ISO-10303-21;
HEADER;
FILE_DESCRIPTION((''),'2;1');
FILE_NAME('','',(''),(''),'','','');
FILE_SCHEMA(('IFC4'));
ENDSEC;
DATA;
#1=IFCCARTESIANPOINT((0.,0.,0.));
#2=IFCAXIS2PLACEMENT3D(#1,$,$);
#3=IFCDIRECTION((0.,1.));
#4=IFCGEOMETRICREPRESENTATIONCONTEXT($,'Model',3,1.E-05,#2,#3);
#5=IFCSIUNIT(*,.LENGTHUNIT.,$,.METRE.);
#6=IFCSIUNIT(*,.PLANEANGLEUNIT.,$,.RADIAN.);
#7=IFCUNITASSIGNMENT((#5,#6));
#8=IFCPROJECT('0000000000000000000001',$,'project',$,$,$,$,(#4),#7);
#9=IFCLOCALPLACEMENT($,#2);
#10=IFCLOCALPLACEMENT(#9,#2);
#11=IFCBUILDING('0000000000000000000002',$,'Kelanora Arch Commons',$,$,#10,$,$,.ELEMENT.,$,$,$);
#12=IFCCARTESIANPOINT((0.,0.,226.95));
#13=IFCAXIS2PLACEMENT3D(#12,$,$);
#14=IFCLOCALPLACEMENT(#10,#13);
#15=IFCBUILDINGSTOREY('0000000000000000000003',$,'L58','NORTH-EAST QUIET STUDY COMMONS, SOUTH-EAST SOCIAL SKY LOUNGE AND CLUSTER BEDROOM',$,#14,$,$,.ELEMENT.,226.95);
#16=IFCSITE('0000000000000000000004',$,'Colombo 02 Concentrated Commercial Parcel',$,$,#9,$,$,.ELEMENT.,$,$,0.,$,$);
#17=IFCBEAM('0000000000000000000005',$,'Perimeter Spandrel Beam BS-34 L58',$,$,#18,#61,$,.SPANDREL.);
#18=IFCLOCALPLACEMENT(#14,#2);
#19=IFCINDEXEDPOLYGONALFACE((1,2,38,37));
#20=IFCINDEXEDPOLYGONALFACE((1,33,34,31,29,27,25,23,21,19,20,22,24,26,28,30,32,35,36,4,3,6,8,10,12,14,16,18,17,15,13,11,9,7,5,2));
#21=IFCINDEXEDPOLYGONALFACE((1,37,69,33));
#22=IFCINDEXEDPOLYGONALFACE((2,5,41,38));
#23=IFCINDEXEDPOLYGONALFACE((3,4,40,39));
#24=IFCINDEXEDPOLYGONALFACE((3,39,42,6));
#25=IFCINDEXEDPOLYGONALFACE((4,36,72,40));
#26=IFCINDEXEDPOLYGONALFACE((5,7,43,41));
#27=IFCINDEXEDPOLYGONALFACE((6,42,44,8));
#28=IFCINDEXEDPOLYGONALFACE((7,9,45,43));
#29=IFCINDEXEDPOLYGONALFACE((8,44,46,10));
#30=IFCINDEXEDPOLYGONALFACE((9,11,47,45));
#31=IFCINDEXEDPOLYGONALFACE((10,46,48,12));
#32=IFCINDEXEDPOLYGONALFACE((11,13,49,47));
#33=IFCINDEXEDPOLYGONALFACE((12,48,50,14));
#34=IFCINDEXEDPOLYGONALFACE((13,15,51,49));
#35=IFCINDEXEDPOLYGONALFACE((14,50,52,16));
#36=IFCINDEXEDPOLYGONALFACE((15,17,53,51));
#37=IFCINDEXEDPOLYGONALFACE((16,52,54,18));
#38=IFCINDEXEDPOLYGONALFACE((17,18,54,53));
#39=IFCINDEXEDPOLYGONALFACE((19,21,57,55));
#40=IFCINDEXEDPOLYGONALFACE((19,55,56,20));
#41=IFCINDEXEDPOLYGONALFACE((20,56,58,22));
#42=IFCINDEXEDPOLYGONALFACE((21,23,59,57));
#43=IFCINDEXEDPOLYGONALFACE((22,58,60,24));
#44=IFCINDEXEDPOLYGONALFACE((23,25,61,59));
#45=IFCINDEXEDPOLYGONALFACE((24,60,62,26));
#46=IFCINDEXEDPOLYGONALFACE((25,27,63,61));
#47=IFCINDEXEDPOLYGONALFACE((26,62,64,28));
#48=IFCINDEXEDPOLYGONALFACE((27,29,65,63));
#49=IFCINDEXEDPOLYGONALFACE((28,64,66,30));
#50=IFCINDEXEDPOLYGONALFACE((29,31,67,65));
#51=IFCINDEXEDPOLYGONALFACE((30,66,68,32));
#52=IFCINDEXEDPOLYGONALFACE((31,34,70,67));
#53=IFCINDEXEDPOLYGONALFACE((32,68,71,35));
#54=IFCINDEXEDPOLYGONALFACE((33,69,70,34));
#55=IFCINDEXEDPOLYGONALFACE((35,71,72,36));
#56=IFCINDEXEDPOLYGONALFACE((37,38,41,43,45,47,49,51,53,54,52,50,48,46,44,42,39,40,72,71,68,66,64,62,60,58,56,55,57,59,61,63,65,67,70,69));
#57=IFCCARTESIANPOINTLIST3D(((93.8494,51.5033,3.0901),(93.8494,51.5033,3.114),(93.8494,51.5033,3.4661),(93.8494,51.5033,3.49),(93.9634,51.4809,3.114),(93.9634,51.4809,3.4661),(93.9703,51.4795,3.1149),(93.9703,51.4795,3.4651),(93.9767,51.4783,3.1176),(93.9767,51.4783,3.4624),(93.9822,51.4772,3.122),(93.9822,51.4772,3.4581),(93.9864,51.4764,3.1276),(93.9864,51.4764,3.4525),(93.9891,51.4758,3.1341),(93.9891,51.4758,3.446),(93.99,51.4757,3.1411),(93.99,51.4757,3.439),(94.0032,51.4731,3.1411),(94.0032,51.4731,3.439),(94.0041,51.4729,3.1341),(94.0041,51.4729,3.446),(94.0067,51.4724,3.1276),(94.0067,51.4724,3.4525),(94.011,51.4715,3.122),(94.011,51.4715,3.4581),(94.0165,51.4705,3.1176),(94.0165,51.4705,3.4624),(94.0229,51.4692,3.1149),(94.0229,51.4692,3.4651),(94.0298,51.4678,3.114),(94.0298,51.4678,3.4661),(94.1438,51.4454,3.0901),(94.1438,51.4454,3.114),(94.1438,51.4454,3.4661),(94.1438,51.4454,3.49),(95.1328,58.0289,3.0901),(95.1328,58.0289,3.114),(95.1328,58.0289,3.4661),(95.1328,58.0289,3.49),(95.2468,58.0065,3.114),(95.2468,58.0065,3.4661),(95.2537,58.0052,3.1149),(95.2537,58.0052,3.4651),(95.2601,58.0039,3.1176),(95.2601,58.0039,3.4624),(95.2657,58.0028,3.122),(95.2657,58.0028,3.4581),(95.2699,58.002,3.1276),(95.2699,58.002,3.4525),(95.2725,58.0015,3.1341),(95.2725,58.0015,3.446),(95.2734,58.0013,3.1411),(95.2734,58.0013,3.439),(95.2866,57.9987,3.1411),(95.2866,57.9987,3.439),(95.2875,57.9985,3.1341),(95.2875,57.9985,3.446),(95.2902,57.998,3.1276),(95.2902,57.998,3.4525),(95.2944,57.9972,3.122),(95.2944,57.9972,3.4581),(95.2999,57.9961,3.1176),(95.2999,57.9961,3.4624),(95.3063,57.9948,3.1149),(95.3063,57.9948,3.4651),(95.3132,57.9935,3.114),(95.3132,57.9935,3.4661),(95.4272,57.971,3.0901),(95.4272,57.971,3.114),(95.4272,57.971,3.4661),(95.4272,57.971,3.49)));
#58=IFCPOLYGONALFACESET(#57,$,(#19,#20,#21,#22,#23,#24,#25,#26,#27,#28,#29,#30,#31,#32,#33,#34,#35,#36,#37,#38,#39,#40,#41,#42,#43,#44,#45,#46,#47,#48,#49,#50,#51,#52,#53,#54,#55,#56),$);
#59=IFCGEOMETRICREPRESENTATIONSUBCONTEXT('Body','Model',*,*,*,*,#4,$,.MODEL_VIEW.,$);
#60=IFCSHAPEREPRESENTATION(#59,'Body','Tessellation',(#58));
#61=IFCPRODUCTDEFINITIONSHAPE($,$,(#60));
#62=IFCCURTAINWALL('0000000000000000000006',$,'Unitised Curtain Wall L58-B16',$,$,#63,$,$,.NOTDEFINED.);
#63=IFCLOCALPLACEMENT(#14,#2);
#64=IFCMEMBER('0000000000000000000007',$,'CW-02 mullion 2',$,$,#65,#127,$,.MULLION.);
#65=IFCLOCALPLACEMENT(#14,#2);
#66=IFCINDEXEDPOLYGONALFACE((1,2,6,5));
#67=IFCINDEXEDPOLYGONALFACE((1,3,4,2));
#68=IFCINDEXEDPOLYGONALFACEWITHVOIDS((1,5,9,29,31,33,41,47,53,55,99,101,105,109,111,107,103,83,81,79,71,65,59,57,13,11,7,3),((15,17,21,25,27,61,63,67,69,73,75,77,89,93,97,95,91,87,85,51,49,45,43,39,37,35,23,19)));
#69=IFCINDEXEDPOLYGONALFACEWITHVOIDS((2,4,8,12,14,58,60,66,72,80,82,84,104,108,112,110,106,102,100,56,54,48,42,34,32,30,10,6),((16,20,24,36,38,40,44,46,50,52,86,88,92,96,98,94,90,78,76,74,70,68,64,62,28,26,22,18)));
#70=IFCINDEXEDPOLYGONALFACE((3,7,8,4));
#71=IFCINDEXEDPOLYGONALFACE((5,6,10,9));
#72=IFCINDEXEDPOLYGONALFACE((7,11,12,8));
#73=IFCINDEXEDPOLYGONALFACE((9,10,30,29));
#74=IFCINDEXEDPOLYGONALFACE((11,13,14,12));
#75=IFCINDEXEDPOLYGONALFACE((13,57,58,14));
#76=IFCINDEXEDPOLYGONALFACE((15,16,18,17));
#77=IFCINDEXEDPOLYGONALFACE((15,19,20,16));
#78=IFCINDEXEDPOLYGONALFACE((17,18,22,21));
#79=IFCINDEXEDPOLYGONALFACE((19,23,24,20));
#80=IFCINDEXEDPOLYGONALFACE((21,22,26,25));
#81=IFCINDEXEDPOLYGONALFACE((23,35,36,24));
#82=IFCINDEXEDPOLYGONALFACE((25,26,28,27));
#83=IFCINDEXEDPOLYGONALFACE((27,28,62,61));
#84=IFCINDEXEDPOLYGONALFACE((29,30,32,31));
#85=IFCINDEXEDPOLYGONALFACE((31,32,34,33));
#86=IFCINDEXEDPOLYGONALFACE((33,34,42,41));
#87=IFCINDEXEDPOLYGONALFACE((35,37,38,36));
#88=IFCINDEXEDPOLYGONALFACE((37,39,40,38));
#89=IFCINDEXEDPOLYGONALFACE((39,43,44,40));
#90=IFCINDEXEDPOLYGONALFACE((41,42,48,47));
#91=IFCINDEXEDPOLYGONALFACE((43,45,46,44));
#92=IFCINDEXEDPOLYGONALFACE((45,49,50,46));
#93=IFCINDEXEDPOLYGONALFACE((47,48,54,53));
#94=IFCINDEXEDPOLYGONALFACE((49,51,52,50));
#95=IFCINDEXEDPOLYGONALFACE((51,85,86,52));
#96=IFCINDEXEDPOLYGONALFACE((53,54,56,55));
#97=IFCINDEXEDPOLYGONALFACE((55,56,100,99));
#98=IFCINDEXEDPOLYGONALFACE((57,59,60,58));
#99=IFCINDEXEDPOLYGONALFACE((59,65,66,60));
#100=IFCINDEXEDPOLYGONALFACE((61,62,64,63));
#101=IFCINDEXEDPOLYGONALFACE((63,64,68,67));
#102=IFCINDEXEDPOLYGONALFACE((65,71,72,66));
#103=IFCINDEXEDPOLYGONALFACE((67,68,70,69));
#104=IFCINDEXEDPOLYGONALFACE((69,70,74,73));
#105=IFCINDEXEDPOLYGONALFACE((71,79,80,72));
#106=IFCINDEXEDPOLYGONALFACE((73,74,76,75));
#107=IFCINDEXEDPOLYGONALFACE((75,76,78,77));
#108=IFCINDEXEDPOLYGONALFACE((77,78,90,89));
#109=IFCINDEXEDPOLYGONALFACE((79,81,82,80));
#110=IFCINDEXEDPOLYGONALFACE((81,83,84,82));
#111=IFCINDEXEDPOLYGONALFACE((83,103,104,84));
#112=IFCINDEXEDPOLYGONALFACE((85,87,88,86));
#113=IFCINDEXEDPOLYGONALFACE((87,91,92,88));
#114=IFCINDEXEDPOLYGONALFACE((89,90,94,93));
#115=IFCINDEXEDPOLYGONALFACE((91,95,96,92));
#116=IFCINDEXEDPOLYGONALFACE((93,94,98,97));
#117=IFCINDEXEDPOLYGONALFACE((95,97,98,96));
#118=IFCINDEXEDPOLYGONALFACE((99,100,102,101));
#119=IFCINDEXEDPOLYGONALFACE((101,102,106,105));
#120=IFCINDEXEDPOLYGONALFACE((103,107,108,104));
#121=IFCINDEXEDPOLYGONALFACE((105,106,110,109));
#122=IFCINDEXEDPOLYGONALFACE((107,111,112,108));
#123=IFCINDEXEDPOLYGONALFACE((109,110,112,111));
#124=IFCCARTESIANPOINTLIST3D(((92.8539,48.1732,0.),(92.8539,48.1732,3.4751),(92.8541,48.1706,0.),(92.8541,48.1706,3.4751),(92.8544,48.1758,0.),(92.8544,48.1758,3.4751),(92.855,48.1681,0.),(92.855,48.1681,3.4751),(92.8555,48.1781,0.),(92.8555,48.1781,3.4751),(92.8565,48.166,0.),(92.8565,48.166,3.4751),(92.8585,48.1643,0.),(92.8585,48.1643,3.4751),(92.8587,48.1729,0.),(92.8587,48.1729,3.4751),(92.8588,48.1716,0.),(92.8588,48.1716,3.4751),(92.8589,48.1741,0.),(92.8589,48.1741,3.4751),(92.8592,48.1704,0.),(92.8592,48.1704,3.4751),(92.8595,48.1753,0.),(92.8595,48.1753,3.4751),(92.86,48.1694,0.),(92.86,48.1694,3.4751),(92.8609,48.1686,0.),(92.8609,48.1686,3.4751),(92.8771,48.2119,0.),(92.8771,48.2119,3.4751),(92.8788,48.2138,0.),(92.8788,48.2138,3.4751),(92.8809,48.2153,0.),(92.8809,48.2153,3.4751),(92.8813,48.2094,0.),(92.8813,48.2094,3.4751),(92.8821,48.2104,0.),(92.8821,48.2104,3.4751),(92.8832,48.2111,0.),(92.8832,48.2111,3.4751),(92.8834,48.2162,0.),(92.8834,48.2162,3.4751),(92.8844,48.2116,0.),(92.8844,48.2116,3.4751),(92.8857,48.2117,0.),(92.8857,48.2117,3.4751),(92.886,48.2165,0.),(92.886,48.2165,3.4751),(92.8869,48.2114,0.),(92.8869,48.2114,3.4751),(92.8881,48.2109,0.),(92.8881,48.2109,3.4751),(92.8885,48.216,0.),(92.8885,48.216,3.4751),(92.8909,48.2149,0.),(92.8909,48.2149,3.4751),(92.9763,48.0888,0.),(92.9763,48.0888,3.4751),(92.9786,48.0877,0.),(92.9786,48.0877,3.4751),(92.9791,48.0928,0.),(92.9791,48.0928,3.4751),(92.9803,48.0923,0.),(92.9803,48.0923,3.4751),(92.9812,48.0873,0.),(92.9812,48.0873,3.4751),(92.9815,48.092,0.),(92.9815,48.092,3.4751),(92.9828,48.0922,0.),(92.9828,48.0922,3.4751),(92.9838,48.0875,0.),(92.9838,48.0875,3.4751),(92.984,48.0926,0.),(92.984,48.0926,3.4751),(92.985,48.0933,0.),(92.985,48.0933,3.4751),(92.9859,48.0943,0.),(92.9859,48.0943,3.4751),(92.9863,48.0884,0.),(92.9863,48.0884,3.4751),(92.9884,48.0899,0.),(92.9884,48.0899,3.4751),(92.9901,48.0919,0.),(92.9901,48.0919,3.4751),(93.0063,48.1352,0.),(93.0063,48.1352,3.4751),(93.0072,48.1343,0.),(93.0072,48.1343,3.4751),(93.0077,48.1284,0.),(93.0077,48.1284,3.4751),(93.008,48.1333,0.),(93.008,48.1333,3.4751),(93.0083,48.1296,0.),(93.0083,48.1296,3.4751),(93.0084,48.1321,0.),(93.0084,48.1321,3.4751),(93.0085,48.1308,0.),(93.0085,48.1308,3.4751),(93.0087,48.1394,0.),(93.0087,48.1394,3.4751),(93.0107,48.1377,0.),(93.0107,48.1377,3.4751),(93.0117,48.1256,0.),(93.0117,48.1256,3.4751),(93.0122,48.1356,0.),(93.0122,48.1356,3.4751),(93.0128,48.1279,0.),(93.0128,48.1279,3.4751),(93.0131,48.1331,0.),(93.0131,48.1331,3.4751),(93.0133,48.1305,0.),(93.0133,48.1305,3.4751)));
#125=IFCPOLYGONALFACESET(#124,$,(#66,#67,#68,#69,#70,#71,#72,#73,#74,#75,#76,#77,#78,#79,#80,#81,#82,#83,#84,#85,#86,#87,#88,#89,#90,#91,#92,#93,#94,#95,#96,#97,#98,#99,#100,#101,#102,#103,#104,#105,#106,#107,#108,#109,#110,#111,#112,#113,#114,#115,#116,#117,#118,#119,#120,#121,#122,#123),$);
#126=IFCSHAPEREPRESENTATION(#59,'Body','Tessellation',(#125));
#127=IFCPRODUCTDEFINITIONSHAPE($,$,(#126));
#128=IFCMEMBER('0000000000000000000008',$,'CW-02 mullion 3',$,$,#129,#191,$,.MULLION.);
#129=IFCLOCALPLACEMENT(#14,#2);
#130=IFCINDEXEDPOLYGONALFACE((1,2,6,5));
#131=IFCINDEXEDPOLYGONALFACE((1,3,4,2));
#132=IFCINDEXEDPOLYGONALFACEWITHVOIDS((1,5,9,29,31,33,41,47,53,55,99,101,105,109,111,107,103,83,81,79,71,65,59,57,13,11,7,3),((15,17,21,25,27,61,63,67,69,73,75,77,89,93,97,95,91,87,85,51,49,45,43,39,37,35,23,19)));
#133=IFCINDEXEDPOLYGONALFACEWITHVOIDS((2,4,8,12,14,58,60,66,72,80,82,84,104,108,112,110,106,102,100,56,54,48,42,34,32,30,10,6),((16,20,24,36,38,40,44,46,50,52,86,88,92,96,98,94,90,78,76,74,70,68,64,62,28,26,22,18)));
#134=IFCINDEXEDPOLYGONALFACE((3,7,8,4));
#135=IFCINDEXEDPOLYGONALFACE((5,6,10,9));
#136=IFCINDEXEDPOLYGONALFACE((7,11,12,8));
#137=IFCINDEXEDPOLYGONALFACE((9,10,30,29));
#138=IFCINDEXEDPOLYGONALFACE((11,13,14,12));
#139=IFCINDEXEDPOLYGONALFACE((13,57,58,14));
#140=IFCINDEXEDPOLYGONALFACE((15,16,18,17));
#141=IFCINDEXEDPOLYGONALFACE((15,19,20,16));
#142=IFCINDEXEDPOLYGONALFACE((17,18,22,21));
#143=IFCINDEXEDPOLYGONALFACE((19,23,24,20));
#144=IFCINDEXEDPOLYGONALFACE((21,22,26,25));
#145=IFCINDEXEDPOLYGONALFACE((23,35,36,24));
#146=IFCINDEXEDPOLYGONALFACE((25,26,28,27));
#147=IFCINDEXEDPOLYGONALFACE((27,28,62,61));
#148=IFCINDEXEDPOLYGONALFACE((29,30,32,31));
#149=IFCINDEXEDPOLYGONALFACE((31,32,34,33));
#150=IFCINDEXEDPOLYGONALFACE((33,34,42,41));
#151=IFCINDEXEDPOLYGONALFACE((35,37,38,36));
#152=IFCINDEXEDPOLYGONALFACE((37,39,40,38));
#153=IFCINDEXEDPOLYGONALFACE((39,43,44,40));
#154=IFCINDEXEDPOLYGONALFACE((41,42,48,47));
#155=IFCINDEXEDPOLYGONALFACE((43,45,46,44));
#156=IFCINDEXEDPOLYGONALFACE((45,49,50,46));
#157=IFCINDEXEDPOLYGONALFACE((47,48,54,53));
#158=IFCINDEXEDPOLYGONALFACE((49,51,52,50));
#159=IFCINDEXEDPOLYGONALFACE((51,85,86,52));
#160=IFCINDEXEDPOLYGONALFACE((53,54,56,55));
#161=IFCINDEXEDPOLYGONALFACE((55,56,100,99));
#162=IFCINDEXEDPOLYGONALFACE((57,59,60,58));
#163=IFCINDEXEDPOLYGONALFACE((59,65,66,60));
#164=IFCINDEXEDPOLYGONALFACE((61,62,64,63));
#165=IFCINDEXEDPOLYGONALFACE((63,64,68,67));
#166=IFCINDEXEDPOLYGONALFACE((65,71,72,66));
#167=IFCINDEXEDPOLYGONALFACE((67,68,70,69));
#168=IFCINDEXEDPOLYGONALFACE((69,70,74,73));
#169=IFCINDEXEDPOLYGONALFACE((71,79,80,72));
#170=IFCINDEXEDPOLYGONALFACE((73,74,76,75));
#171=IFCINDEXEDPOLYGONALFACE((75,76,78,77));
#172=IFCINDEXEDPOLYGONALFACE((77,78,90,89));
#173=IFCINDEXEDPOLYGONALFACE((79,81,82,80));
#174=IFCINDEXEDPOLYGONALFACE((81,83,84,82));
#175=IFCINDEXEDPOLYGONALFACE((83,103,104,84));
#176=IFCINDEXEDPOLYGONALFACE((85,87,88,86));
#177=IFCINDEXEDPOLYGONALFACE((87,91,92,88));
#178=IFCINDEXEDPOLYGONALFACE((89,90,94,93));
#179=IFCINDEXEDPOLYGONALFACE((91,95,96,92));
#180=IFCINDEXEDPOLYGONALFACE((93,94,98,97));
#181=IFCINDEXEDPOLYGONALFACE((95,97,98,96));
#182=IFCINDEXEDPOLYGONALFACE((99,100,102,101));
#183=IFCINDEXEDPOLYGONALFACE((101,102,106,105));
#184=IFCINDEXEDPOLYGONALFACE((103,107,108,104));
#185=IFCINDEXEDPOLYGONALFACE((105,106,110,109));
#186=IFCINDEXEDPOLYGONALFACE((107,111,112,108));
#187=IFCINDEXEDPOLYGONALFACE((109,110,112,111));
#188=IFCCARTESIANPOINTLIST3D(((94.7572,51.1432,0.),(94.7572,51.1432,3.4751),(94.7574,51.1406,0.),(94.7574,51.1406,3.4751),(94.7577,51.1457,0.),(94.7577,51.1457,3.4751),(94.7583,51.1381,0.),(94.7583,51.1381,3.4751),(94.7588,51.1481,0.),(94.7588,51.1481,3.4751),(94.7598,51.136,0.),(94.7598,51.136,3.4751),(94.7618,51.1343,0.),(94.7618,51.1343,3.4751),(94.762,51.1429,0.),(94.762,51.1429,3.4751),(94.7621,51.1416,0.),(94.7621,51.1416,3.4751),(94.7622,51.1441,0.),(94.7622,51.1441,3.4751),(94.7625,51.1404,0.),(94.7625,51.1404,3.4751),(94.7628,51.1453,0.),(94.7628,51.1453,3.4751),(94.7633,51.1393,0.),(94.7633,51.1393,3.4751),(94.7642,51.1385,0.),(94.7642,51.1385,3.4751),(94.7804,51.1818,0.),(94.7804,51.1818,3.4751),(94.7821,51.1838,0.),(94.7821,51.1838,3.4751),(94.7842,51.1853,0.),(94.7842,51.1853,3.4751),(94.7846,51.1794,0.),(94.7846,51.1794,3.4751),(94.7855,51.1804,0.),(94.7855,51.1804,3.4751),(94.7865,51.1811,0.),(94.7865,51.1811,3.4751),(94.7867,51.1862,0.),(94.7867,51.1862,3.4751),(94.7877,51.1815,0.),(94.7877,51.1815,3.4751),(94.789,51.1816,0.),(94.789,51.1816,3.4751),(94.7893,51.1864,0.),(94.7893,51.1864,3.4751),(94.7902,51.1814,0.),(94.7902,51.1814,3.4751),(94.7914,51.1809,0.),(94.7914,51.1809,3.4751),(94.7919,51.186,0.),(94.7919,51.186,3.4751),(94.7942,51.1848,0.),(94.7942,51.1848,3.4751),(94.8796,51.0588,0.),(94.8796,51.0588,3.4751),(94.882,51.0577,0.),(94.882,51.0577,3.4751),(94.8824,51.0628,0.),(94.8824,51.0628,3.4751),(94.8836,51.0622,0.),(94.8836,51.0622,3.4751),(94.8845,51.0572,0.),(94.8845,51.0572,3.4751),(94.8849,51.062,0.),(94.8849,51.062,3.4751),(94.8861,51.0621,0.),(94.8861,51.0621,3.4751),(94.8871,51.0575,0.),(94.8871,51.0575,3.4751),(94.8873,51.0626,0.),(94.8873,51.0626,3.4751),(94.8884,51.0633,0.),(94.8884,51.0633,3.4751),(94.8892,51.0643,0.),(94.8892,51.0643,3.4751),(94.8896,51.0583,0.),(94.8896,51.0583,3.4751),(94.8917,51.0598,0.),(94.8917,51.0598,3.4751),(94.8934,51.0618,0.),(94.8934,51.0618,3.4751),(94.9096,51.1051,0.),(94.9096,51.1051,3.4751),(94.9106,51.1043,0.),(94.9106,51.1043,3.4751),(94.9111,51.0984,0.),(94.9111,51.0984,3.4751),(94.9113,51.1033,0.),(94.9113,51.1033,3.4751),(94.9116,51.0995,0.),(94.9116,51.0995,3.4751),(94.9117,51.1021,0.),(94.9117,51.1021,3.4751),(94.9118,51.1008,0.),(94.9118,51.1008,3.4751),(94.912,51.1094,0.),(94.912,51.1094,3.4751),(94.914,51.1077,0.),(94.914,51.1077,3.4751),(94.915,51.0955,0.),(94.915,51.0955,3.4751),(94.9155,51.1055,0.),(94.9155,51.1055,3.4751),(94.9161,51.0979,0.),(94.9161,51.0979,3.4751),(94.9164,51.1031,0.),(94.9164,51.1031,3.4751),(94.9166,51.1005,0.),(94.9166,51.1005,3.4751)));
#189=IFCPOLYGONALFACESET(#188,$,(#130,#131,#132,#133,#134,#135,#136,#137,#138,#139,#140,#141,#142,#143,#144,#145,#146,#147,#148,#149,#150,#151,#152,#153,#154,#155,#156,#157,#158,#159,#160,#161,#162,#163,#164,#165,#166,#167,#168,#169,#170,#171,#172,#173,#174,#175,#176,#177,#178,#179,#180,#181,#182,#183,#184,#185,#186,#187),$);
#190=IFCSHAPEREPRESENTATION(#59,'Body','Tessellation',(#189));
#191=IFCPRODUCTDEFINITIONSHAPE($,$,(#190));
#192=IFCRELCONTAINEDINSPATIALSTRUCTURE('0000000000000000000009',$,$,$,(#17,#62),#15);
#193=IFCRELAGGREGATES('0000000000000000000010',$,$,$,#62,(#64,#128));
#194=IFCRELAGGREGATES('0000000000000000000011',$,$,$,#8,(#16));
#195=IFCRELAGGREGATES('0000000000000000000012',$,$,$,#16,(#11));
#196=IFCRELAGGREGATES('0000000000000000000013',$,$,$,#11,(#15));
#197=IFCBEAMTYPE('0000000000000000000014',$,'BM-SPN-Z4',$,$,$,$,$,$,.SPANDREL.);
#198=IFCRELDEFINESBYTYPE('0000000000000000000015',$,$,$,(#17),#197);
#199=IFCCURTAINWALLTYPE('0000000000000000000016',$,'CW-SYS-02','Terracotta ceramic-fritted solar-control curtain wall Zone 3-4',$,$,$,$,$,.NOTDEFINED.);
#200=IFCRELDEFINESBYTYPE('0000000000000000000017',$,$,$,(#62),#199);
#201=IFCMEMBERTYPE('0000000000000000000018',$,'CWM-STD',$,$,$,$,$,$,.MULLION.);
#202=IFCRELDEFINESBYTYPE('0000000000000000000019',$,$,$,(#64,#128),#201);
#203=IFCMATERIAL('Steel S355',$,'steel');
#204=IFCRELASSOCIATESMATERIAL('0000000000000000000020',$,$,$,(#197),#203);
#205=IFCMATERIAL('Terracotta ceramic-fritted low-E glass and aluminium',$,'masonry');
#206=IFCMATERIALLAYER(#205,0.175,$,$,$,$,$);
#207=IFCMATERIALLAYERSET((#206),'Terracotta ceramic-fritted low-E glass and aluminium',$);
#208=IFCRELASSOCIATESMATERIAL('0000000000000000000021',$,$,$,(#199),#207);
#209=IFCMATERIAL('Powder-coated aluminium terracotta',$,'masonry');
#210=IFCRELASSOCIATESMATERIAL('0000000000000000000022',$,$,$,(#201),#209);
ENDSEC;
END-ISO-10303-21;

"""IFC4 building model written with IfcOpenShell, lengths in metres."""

from ifc_helpers import new_model, si_unit, direction, frame, origin, origin_2d, place, context, subcontext, project, spatial, hollow_rectangle, i_section, extrude, material, layer, layer_set, material_profile, profile_set, type_object, element, aggregate, save


model = new_model("IFC4")

# Units and contexts
model_context = context("Model", 3, precision=1e-05, world=origin(), true_north=direction((0.0, 1.0)))
body_context = subcontext(model_context, "Body", "Model", "MODEL_VIEW")
ifc_project = project(units=[si_unit("LENGTHUNIT", "METRE"), si_unit("PLANEANGLEUNIT", "RADIAN")], contexts=[model_context])

# Site, building, storey
site_placement = place(None, origin())
site = spatial("IfcSite", under=ifc_project, at=site_placement, Name="Colombo 02 Concentrated Commercial Parcel", CompositionType="ELEMENT", RefElevation=0.0)
building_placement = place(site_placement, origin())
building = spatial("IfcBuilding", under=site, at=building_placement, Name="Kelanora Arch Commons", CompositionType="ELEMENT")
storey_placement = place(building_placement, frame((0.0, 0.0, 226.95)))
storey = spatial("IfcBuildingStorey", under=building, at=storey_placement, Name="L58", Description="NORTH-EAST QUIET STUDY COMMONS, SOUTH-EAST SOCIAL SKY LOUNGE AND CLUSTER BEDROOM", CompositionType="ELEMENT", Elevation=226.95)

# Beam
ifc_material_1 = material(Name="Steel S355", Category="steel")
ifc_material_profile_1 = material_profile(ifc_material_1, i_section(OverallWidth=0.3, OverallDepth=0.3999, WebThickness=0.0134, FlangeThickness=0.0239, FilletRadius=0.0271, at=origin_2d()), Name="HEB400")
ifc_profile_set_1 = profile_set([ifc_material_profile_1], Name="Steel S355")
beam_type_1 = type_object("IfcBeamType", Name="BM-SPN-Z4", PredefinedType="SPANDREL", material=ifc_profile_set_1)
beam_1_placement = place(storey_placement, frame((93.9966, 51.4744, 3.29), z_axis=(0.192981, 0.981203, 0.0), x_axis=(-0.981203, 0.192981, 0.0)))
element("IfcBeam", 1, at=beam_1_placement, inside=storey, type_object=beam_type_1, Name="Perimeter Spandrel Beam BS-34 L58", PredefinedType="SPANDREL", context=body_context, shape_type="SweptSolid", body=[
    extrude(i_section(OverallWidth=0.3, OverallDepth=0.3999, WebThickness=0.0134, FlangeThickness=0.0239, FilletRadius=0.0271, at=origin_2d()), origin(), (0.0, 0.0, 1.0), 6.6506),
])

# Curtain wall, members
ifc_material_2 = material(Name="Terracotta ceramic-fritted low-E glass and aluminium", Category="masonry")
ifc_layer_1 = layer(ifc_material_2, 0.175)
ifc_layer_set_1 = layer_set([ifc_layer_1], Name="Terracotta ceramic-fritted low-E glass and aluminium")
curtain_wall_type = type_object("IfcCurtainWallType", Name="CW-SYS-02", Description="Terracotta ceramic-fritted solar-control curtain wall Zone 3-4", PredefinedType="NOTDEFINED", material=ifc_layer_set_1)
curtain_wall_placement = place(storey_placement, origin())
curtain_wall = element("IfcCurtainWall", 2, at=curtain_wall_placement, inside=storey, type_object=curtain_wall_type, Name="Unitised Curtain Wall L58-B16", PredefinedType="NOTDEFINED")
ifc_material_3 = material(Name="Powder-coated aluminium terracotta", Category="masonry")
ifc_material_profile_2 = material_profile(ifc_material_3, hollow_rectangle(XDim=0.1599, YDim=0.0601, WallThickness=0.0049, InnerFilletRadius=0.0049, OuterFilletRadius=0.01, at=origin_2d()), Name="CWM160x60")
ifc_profile_set_2 = profile_set([ifc_material_profile_2], Name="Powder-coated aluminium terracotta")
member_type_1 = type_object("IfcMemberType", Name="CWM-STD", PredefinedType="MULLION", material=ifc_profile_set_2)
member_1_placement = place(storey_placement, frame((92.9336, 48.1519, 0.0), z_axis=(0.0, 0.0, 1.0), x_axis=(-0.841948, 0.539559, 0.0)))
member_1 = element("IfcMember", 3, at=member_1_placement, type_object=member_type_1, Name="CW-02 mullion 2", PredefinedType="MULLION", context=body_context, shape_type="SweptSolid", body=[
    extrude(hollow_rectangle(XDim=0.1599, YDim=0.0601, WallThickness=0.0049, InnerFilletRadius=0.0049, OuterFilletRadius=0.01, at=origin_2d()), origin(), (0.0, 0.0, 1.0), 3.4751),
])
member_2_placement = place(storey_placement, frame((94.8369, 51.1218, 0.0), z_axis=(0.0, 0.0, 1.0), x_axis=(-0.841948, 0.539559, 0.0)))
member_2 = element("IfcMember", 4, at=member_2_placement, type_object=member_type_1, Name="CW-02 mullion 3", PredefinedType="MULLION", context=body_context, shape_type="SweptSolid", body=[
    extrude(hollow_rectangle(XDim=0.1599, YDim=0.0601, WallThickness=0.0049, InnerFilletRadius=0.0049, OuterFilletRadius=0.01, at=origin_2d()), origin(), (0.0, 0.0, 1.0), 3.4751),
])
aggregate(curtain_wall, [member_1, member_2])

save(model, "model.ifc")
